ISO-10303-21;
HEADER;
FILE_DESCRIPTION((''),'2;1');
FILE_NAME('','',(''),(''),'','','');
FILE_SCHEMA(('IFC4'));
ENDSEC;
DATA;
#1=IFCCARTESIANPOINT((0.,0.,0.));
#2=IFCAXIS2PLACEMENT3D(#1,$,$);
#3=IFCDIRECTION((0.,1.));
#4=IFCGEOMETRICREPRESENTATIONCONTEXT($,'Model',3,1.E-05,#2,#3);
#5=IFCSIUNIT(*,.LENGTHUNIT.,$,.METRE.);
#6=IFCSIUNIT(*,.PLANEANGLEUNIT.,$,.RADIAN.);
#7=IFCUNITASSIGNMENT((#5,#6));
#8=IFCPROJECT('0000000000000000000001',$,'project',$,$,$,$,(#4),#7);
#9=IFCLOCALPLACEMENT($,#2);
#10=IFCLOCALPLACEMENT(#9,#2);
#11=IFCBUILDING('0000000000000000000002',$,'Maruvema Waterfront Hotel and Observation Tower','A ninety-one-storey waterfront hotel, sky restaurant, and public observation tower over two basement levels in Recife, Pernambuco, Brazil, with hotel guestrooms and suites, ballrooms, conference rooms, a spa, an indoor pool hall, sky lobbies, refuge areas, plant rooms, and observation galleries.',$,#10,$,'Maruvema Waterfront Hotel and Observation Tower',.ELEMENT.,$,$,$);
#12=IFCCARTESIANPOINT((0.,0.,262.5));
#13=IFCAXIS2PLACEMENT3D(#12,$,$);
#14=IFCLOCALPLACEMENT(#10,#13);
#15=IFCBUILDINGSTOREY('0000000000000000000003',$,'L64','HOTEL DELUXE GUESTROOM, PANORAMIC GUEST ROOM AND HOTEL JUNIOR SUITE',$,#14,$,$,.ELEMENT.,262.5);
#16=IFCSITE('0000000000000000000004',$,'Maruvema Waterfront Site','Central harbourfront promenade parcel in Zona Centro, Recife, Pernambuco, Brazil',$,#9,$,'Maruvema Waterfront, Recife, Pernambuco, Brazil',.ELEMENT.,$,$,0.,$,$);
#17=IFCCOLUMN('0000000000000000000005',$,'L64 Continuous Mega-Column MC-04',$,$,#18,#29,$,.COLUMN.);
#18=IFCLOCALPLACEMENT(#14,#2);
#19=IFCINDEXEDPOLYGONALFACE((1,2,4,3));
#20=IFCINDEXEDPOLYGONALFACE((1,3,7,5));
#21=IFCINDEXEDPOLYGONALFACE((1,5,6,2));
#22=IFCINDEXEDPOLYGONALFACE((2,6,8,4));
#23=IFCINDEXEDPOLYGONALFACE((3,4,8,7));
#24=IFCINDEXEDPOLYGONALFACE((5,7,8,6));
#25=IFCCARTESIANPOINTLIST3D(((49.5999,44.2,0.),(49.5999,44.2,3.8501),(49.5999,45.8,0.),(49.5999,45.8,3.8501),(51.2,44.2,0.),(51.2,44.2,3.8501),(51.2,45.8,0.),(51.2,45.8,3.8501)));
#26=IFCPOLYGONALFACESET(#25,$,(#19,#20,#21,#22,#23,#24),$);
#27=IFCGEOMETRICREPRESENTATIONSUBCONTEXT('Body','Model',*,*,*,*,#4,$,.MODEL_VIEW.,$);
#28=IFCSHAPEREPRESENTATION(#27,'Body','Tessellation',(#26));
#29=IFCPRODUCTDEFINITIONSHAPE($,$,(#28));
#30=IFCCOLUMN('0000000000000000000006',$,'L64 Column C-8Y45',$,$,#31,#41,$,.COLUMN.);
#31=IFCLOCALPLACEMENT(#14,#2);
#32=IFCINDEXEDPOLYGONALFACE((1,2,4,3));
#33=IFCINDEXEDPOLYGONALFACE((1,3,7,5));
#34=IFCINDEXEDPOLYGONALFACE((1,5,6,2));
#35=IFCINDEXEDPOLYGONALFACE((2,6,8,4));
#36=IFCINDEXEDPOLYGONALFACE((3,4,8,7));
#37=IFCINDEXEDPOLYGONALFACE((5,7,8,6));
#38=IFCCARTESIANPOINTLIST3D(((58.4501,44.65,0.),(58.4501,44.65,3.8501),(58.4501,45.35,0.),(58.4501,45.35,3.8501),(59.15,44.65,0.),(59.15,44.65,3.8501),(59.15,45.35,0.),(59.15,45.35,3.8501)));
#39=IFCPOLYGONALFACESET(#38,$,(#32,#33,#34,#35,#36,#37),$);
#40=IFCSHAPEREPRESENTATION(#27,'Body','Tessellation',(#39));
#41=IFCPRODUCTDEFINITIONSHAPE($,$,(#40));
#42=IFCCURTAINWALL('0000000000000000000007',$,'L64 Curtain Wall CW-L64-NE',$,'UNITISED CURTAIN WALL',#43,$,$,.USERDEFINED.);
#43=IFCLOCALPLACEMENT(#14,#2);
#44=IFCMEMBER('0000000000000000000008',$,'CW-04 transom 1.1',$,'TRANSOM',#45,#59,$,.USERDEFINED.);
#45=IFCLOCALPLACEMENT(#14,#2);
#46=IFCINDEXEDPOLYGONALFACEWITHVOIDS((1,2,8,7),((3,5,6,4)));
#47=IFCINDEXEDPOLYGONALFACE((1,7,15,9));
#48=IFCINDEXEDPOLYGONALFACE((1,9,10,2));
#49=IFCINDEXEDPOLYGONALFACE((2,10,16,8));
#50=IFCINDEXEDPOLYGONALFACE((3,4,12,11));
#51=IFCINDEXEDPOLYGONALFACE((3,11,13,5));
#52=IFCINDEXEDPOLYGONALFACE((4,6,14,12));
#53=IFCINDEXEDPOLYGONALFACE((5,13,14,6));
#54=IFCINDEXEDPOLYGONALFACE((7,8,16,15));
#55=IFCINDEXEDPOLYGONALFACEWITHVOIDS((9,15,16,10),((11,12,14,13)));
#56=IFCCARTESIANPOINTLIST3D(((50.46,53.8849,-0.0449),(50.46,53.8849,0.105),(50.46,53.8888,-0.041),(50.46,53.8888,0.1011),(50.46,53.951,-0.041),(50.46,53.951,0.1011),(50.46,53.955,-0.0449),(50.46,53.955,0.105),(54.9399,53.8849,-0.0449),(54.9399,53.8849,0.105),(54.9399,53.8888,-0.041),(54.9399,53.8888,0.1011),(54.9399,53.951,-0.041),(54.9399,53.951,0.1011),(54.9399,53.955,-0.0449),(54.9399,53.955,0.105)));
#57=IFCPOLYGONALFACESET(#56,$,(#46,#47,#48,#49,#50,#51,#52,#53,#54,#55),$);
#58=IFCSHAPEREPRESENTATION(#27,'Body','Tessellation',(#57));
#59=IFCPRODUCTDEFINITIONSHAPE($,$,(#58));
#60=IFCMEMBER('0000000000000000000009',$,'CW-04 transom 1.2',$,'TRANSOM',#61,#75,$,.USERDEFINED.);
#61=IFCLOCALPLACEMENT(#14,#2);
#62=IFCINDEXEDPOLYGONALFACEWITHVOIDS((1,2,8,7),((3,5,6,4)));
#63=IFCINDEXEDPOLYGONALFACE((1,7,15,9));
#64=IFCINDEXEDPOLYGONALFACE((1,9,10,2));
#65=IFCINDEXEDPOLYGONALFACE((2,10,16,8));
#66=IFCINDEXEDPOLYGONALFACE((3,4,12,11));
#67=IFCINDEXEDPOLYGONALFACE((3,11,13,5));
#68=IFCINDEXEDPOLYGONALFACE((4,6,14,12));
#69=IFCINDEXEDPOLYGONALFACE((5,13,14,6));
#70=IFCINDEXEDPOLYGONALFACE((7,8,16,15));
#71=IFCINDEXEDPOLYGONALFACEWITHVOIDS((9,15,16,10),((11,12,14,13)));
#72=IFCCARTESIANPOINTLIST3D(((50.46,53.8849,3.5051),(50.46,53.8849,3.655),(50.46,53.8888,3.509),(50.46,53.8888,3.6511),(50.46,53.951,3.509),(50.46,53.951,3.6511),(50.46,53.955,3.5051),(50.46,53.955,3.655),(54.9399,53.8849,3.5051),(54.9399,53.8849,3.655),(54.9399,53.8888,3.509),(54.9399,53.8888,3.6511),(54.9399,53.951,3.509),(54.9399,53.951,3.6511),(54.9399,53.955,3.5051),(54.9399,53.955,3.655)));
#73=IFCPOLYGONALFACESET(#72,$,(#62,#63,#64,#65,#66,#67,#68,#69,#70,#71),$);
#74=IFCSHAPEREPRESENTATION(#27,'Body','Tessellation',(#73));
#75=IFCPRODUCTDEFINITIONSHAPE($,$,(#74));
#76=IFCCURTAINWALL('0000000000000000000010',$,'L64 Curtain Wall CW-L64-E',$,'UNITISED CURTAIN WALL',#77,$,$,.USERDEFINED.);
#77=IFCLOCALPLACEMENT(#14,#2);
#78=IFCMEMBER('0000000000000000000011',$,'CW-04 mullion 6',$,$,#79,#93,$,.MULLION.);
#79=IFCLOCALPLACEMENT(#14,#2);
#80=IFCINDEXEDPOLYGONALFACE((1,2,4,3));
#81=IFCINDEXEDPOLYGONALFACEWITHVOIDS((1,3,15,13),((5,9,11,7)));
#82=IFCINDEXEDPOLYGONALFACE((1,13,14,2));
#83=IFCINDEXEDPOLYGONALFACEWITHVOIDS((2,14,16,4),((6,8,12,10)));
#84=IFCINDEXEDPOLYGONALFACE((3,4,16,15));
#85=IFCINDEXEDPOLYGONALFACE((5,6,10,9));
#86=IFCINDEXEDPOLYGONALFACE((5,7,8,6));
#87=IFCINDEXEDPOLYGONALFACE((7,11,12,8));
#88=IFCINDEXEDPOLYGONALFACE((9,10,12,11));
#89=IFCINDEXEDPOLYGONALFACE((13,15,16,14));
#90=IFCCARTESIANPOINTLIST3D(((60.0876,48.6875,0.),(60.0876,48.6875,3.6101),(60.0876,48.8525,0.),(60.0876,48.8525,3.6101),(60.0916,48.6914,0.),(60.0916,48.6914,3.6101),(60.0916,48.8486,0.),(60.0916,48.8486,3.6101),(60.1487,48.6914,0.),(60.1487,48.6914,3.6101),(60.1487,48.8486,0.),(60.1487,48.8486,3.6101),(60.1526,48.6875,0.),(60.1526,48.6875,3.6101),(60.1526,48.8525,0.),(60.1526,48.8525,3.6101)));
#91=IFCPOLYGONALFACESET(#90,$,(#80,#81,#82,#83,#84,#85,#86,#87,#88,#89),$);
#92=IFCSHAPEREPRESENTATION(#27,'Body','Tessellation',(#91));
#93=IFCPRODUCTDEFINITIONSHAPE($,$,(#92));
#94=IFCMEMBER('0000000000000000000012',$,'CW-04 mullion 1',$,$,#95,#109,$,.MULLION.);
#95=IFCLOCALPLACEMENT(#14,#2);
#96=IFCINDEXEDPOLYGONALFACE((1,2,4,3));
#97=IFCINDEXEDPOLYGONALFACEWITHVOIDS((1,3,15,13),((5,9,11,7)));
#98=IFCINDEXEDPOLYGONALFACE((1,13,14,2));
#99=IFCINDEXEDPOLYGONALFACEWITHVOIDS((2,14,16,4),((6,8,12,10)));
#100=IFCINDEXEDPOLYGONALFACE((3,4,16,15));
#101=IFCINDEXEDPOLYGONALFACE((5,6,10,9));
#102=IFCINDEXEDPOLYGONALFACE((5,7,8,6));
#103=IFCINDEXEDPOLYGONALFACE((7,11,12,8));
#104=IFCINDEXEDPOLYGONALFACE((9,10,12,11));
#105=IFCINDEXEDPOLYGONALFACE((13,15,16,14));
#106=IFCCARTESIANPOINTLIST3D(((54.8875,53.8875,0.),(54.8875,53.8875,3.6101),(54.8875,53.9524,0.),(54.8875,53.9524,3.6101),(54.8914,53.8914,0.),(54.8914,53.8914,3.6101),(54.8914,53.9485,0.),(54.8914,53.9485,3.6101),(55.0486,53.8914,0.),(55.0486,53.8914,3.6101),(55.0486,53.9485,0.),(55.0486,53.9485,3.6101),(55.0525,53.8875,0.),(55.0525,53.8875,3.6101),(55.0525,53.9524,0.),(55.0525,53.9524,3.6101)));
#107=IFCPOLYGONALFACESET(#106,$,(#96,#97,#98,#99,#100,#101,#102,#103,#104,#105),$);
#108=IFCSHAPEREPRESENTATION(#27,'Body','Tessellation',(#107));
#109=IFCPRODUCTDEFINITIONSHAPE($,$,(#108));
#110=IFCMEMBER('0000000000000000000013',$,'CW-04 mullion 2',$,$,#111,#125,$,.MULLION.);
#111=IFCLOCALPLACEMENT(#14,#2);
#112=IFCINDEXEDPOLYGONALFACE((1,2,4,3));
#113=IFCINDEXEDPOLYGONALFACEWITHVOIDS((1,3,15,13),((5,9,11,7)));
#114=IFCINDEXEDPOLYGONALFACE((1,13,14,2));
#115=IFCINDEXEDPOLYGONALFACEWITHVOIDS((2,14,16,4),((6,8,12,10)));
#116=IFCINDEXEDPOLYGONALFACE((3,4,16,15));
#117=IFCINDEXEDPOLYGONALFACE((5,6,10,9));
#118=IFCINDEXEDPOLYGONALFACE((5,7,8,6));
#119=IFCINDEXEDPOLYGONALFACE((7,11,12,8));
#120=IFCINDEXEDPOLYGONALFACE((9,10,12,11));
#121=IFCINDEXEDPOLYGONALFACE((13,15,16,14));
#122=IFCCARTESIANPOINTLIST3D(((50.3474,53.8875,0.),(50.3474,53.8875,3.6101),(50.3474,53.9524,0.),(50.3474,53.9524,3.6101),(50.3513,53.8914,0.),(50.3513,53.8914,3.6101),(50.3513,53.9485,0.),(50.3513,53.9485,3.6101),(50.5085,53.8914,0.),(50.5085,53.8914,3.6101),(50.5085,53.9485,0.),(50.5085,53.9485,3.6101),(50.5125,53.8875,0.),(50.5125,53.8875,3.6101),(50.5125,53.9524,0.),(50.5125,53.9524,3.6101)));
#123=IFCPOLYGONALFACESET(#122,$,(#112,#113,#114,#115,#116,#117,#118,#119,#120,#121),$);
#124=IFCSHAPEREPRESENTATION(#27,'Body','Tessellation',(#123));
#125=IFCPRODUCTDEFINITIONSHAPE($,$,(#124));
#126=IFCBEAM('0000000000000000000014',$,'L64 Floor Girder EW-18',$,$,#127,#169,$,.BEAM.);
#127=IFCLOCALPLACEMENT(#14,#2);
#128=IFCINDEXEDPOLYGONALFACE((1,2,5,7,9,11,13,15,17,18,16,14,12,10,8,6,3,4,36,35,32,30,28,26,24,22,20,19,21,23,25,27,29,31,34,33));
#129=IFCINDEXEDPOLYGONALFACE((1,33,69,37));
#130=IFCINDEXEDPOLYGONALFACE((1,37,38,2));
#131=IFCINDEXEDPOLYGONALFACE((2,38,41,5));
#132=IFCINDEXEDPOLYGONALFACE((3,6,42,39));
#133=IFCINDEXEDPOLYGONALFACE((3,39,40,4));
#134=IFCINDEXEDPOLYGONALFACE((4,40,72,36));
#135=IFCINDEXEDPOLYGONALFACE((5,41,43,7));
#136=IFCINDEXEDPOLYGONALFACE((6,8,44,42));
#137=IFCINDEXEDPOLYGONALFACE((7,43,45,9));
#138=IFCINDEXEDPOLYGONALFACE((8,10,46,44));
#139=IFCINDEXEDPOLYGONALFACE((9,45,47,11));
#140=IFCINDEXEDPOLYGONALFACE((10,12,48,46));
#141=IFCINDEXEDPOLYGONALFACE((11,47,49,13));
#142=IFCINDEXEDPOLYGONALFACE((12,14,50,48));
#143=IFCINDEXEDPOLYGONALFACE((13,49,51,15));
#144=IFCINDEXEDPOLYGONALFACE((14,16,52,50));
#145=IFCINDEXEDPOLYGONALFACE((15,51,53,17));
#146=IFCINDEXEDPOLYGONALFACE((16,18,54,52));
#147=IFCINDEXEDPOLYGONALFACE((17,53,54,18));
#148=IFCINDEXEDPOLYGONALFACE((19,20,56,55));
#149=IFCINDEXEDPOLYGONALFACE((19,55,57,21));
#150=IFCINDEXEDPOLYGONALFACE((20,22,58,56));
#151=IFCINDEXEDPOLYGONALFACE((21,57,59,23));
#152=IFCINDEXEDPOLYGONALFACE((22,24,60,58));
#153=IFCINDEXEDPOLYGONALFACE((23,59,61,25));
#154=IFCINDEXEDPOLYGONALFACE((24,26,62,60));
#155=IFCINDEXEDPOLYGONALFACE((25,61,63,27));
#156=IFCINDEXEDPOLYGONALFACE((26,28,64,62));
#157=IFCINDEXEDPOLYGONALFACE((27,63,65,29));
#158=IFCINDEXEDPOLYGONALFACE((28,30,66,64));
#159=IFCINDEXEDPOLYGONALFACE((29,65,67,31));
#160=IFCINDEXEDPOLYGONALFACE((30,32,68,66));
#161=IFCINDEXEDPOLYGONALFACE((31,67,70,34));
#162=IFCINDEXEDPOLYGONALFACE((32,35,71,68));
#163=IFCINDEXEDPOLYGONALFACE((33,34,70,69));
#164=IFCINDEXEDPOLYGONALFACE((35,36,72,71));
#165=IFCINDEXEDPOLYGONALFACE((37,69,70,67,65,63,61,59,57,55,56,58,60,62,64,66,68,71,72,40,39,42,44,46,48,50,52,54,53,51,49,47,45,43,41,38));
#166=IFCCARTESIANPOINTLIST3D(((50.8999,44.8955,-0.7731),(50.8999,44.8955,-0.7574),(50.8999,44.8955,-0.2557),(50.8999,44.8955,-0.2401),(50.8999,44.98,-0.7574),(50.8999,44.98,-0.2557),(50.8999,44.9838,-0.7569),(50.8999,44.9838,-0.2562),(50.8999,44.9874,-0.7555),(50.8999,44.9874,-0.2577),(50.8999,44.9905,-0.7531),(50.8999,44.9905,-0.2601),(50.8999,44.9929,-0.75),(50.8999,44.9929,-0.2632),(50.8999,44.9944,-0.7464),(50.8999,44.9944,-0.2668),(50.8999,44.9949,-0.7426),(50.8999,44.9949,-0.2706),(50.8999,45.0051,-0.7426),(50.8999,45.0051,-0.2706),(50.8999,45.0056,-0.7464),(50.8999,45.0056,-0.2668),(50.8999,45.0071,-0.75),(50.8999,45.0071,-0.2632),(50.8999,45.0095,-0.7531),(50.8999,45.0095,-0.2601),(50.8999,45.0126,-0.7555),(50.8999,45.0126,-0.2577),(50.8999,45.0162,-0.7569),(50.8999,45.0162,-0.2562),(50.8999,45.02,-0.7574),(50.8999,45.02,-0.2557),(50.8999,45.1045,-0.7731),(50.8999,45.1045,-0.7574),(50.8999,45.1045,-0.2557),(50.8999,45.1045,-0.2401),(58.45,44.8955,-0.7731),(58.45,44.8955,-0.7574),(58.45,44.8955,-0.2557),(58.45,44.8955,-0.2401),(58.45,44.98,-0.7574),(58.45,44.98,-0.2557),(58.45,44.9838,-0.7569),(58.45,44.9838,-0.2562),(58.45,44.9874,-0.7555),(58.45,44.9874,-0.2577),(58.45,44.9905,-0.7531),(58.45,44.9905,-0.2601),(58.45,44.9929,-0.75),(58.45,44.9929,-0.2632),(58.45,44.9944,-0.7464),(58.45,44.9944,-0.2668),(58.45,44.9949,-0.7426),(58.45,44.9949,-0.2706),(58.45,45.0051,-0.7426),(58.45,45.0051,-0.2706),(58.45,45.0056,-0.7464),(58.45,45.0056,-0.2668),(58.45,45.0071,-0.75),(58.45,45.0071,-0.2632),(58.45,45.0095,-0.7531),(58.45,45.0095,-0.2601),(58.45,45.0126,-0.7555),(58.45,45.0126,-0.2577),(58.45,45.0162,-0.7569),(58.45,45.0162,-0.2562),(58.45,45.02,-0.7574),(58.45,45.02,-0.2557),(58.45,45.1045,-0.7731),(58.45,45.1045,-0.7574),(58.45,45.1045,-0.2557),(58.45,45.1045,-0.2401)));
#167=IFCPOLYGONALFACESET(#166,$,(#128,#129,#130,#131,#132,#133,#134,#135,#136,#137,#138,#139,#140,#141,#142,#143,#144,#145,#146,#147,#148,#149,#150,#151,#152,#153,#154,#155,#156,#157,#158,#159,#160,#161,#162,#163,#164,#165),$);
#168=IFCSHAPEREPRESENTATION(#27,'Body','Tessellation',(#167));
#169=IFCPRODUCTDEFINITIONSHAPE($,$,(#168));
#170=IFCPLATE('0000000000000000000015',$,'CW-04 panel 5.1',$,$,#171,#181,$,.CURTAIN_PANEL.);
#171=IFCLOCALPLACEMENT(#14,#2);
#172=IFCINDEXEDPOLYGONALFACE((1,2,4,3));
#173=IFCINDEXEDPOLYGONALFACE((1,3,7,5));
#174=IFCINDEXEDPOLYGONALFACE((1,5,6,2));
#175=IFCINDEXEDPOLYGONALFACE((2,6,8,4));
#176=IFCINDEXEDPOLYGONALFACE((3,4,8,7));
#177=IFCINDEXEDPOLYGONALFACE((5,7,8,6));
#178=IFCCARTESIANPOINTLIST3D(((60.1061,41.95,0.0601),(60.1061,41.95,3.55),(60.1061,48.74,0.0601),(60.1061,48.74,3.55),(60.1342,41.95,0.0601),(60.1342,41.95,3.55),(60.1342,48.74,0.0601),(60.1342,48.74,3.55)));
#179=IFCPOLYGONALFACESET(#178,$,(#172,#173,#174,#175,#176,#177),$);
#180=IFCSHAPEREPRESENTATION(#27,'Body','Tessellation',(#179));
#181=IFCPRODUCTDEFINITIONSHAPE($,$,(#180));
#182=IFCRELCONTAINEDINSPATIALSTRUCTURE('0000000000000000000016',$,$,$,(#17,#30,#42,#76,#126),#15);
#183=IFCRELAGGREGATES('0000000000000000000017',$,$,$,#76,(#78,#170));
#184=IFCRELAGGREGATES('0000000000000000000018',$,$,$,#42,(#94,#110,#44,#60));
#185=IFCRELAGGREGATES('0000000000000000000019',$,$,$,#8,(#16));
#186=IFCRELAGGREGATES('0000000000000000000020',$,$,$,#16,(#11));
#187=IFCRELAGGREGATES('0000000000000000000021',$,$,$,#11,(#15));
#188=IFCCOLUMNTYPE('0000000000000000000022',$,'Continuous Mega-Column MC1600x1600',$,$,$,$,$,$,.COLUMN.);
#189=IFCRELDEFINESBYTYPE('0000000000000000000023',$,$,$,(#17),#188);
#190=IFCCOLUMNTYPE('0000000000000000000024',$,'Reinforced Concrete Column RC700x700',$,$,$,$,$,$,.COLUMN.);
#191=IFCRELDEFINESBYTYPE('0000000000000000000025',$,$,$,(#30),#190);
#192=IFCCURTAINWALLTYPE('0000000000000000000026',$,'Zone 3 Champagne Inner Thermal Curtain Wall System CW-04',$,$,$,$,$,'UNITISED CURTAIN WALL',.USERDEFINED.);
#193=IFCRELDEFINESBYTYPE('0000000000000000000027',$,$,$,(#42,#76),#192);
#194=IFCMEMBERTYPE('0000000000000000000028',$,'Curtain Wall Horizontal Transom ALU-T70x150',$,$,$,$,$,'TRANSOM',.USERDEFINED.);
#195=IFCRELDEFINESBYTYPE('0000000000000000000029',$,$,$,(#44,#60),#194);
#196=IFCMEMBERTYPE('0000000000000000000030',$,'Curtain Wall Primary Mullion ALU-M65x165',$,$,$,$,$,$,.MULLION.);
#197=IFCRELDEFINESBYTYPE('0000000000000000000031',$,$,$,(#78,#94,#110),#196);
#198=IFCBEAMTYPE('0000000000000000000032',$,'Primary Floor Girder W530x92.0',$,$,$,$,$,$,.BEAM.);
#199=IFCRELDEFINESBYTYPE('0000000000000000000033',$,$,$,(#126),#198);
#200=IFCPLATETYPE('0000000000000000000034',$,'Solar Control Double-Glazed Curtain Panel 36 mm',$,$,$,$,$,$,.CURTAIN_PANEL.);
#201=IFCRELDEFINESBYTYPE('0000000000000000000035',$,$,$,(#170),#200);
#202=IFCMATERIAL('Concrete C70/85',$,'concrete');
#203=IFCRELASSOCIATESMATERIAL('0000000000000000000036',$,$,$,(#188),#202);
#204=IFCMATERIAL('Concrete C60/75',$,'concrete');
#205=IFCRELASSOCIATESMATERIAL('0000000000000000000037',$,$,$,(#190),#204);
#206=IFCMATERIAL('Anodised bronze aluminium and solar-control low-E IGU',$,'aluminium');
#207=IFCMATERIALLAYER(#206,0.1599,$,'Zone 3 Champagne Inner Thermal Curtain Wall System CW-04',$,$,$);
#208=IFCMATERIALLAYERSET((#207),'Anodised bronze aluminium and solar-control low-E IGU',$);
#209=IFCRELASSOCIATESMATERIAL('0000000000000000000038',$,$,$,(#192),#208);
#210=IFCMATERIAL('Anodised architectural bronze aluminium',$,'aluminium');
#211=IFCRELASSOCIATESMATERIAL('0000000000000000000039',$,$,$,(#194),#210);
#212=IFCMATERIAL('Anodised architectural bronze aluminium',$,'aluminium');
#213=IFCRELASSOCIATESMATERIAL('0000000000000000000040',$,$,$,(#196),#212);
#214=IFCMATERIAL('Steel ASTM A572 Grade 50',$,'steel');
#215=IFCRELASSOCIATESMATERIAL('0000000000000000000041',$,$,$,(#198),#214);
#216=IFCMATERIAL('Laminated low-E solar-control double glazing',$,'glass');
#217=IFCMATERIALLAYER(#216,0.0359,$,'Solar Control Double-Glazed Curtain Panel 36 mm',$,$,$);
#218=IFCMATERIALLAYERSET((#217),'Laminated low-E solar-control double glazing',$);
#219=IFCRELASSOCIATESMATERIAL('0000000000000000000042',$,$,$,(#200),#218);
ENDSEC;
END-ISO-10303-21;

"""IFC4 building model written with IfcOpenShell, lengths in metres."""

from ifc_helpers import new_model, si_unit, direction, frame, origin, origin_2d, place, context, subcontext, project, spatial, rectangle, hollow_rectangle, i_section, extrude, material, layer, layer_set, material_profile, profile_set, type_object, element, aggregate, save


model = new_model("IFC4")

# Units and contexts
model_context = context("Model", 3, precision=1e-05, world=origin(), true_north=direction((0.0, 1.0)))
body_context = subcontext(model_context, "Body", "Model", "MODEL_VIEW")
ifc_project = project(units=[si_unit("LENGTHUNIT", "METRE"), si_unit("PLANEANGLEUNIT", "RADIAN")], contexts=[model_context])

# Site, building, storey
site_placement = place(None, origin())
site = spatial("IfcSite", under=ifc_project, at=site_placement, Name="Maruvema Waterfront Site", Description="Central harbourfront promenade parcel in Zona Centro, Recife, Pernambuco, Brazil", LongName="Maruvema Waterfront, Recife, Pernambuco, Brazil", CompositionType="ELEMENT", RefElevation=0.0)
building_placement = place(site_placement, origin())
building = spatial("IfcBuilding", under=site, at=building_placement, Name="Maruvema Waterfront Hotel and Observation Tower", Description="A ninety-one-storey waterfront hotel, sky restaurant, and public observation tower over two basement levels in Recife, Pernambuco, Brazil, with hotel guestrooms and suites, ballrooms, conference rooms, a spa, an indoor pool hall, sky lobbies, refuge areas, plant rooms, and observation galleries.", LongName="Maruvema Waterfront Hotel and Observation Tower", CompositionType="ELEMENT")
storey_placement = place(building_placement, frame((0.0, 0.0, 262.5)))
storey = spatial("IfcBuildingStorey", under=building, at=storey_placement, Name="L64", Description="HOTEL DELUXE GUESTROOM, PANORAMIC GUEST ROOM AND HOTEL JUNIOR SUITE", CompositionType="ELEMENT", Elevation=262.5)

# Columns
ifc_material_1 = material(Name="Concrete C70/85", Category="concrete")
ifc_material_profile_1 = material_profile(ifc_material_1, rectangle(XDim=1.6001, YDim=1.6001, at=origin_2d()), Name="MC1600x1600")
ifc_profile_set_1 = profile_set([ifc_material_profile_1], Name="Concrete C70/85")
column_type_1 = type_object("IfcColumnType", Name="Continuous Mega-Column MC1600x1600", PredefinedType="COLUMN", material=ifc_profile_set_1)
column_1_placement = place(storey_placement, frame((50.3999, 45.0, 0.0), z_axis=(0.0, 0.0, 1.0), x_axis=(1.0, 0.0, 0.0)))
element("IfcColumn", 1, at=column_1_placement, inside=storey, type_object=column_type_1, Name="L64 Continuous Mega-Column MC-04", PredefinedType="COLUMN", context=body_context, shape_type="SweptSolid", body=[
    extrude(rectangle(XDim=1.6001, YDim=1.6001, at=origin_2d()), origin(), (0.0, 0.0, 1.0), 3.8501),
])
ifc_material_2 = material(Name="Concrete C60/75", Category="concrete")
ifc_material_profile_2 = material_profile(ifc_material_2, rectangle(XDim=0.7, YDim=0.7, at=origin_2d()), Name="RC700x700")
ifc_profile_set_2 = profile_set([ifc_material_profile_2], Name="Concrete C60/75")
column_type_2 = type_object("IfcColumnType", Name="Reinforced Concrete Column RC700x700", PredefinedType="COLUMN", material=ifc_profile_set_2)
column_2_placement = place(storey_placement, frame((58.8, 45.0, 0.0), z_axis=(0.0, 0.0, 1.0), x_axis=(1.0, 0.0, 0.0)))
element("IfcColumn", 2, at=column_2_placement, inside=storey, type_object=column_type_2, Name="L64 Column C-8Y45", PredefinedType="COLUMN", context=body_context, shape_type="SweptSolid", body=[
    extrude(rectangle(XDim=0.7, YDim=0.7, at=origin_2d()), origin(), (0.0, 0.0, 1.0), 3.8501),
])

# Curtain wall, members
ifc_material_3 = material(Name="Anodised bronze aluminium and solar-control low-E IGU", Category="aluminium")
ifc_layer_1 = layer(ifc_material_3, 0.1599, Name="Zone 3 Champagne Inner Thermal Curtain Wall System CW-04")
ifc_layer_set_1 = layer_set([ifc_layer_1], Name="Anodised bronze aluminium and solar-control low-E IGU")
curtain_wall_type = type_object("IfcCurtainWallType", Name="Zone 3 Champagne Inner Thermal Curtain Wall System CW-04", ElementType="UNITISED CURTAIN WALL", PredefinedType="USERDEFINED", material=ifc_layer_set_1)
curtain_wall_1_placement = place(storey_placement, origin())
curtain_wall_1 = element("IfcCurtainWall", 3, at=curtain_wall_1_placement, inside=storey, type_object=curtain_wall_type, Name="L64 Curtain Wall CW-L64-NE", ObjectType="UNITISED CURTAIN WALL", PredefinedType="USERDEFINED")
ifc_material_4 = material(Name="Anodised architectural bronze aluminium", Category="aluminium")
ifc_material_profile_3 = material_profile(ifc_material_4, hollow_rectangle(XDim=0.0701, YDim=0.1499, WallThickness=0.0039, at=origin_2d()), Name="ALU-T70x150")
ifc_profile_set_3 = profile_set([ifc_material_profile_3], Name="Anodised architectural bronze aluminium")
member_type_1 = type_object("IfcMemberType", Name="Curtain Wall Horizontal Transom ALU-T70x150", ElementType="TRANSOM", PredefinedType="USERDEFINED", material=ifc_profile_set_3)
member_1_placement = place(storey_placement, frame((54.9399, 53.9199, 0.03), z_axis=(-1.0, 0.0, 0.0), x_axis=(0.0, -1.0, 0.0)))
member_1 = element("IfcMember", 4, at=member_1_placement, type_object=member_type_1, Name="CW-04 transom 1.1", ObjectType="TRANSOM", PredefinedType="USERDEFINED", context=body_context, shape_type="SweptSolid", body=[
    extrude(hollow_rectangle(XDim=0.0701, YDim=0.1499, WallThickness=0.0039, at=origin_2d()), origin(), (0.0, 0.0, 1.0), 4.48),
])
member_2_placement = place(storey_placement, frame((54.9399, 53.9199, 3.5801), z_axis=(-1.0, 0.0, 0.0), x_axis=(0.0, -1.0, 0.0)))
member_2 = element("IfcMember", 5, at=member_2_placement, type_object=member_type_1, Name="CW-04 transom 1.2", ObjectType="TRANSOM", PredefinedType="USERDEFINED", context=body_context, shape_type="SweptSolid", body=[
    extrude(hollow_rectangle(XDim=0.0701, YDim=0.1499, WallThickness=0.0039, at=origin_2d()), origin(), (0.0, 0.0, 1.0), 4.48),
])

# Curtain wall, member
curtain_wall_2_placement = place(storey_placement, origin())
curtain_wall_2 = element("IfcCurtainWall", 6, at=curtain_wall_2_placement, inside=storey, type_object=curtain_wall_type, Name="L64 Curtain Wall CW-L64-E", ObjectType="UNITISED CURTAIN WALL", PredefinedType="USERDEFINED")
ifc_material_5 = material(Name="Anodised architectural bronze aluminium", Category="aluminium")
ifc_material_profile_4 = material_profile(ifc_material_5, hollow_rectangle(XDim=0.0649, YDim=0.165, WallThickness=0.0039, at=origin_2d()), Name="ALU-M65x165")
ifc_profile_set_4 = profile_set([ifc_material_profile_4], Name="Anodised architectural bronze aluminium")
member_type_2 = type_object("IfcMemberType", Name="Curtain Wall Primary Mullion ALU-M65x165", PredefinedType="MULLION", material=ifc_profile_set_4)
member_3_placement = place(storey_placement, frame((60.1201, 48.77, 0.0), z_axis=(0.0, 0.0, 1.0), x_axis=(-1.0, 0.0, 0.0)))
member_3 = element("IfcMember", 7, at=member_3_placement, type_object=member_type_2, Name="CW-04 mullion 6", PredefinedType="MULLION", context=body_context, shape_type="SweptSolid", body=[
    extrude(hollow_rectangle(XDim=0.0649, YDim=0.165, WallThickness=0.0039, at=origin_2d()), origin(), (0.0, 0.0, 1.0), 3.6101),
])

# Members
member_4_placement = place(storey_placement, frame((54.97, 53.9199, 0.0), z_axis=(0.0, 0.0, 1.0), x_axis=(0.0, -1.0, 0.0)))
member_4 = element("IfcMember", 8, at=member_4_placement, type_object=member_type_2, Name="CW-04 mullion 1", PredefinedType="MULLION", context=body_context, shape_type="SweptSolid", body=[
    extrude(hollow_rectangle(XDim=0.0649, YDim=0.165, WallThickness=0.0039, at=origin_2d()), origin(), (0.0, 0.0, 1.0), 3.6101),
])
member_5_placement = place(storey_placement, frame((50.4299, 53.9199, 0.0), z_axis=(0.0, 0.0, 1.0), x_axis=(0.0, -1.0, 0.0)))
member_5 = element("IfcMember", 9, at=member_5_placement, type_object=member_type_2, Name="CW-04 mullion 2", PredefinedType="MULLION", context=body_context, shape_type="SweptSolid", body=[
    extrude(hollow_rectangle(XDim=0.0649, YDim=0.165, WallThickness=0.0039, at=origin_2d()), origin(), (0.0, 0.0, 1.0), 3.6101),
])

# Beam
ifc_material_6 = material(Name="Steel ASTM A572 Grade 50", Category="steel")
ifc_material_profile_5 = material_profile(ifc_material_6, i_section(OverallWidth=0.209, OverallDepth=0.533, WebThickness=0.0103, FlangeThickness=0.0156, FilletRadius=0.0149, at=origin_2d()), Name="W530x92.0")
ifc_profile_set_5 = profile_set([ifc_material_profile_5], Name="Steel ASTM A572 Grade 50")
beam_type = type_object("IfcBeamType", Name="Primary Floor Girder W530x92.0", PredefinedType="BEAM", material=ifc_profile_set_5)
beam_placement = place(storey_placement, frame((50.8999, 45.0, -0.5066), z_axis=(1.0, 0.0, 0.0), x_axis=(0.0, 1.0, 0.0)))
element("IfcBeam", 10, at=beam_placement, inside=storey, type_object=beam_type, Name="L64 Floor Girder EW-18", PredefinedType="BEAM", context=body_context, shape_type="SweptSolid", body=[
    extrude(i_section(OverallWidth=0.209, OverallDepth=0.533, WebThickness=0.0103, FlangeThickness=0.0156, FilletRadius=0.0149, at=origin_2d()), origin(), (0.0, 0.0, 1.0), 7.55),
])

# Plate
ifc_material_7 = material(Name="Laminated low-E solar-control double glazing", Category="glass")
ifc_layer_2 = layer(ifc_material_7, 0.0359, Name="Solar Control Double-Glazed Curtain Panel 36 mm")
ifc_layer_set_2 = layer_set([ifc_layer_2], Name="Laminated low-E solar-control double glazing")
plate_type = type_object("IfcPlateType", Name="Solar Control Double-Glazed Curtain Panel 36 mm", PredefinedType="CURTAIN_PANEL", material=ifc_layer_set_2)
plate_1_placement = place(storey_placement, frame((60.1201, 45.345, 0.0601), z_axis=(0.0, 0.0, 1.0), x_axis=(0.0, 1.0, 0.0)))
plate_1 = element("IfcPlate", 11, at=plate_1_placement, type_object=plate_type, Name="CW-04 panel 5.1", PredefinedType="CURTAIN_PANEL", context=body_context, shape_type="SweptSolid", body=[
    extrude(rectangle(XDim=6.79, YDim=0.0281, at=origin_2d()), origin(), (0.0, 0.0, 1.0), 3.49),
])
aggregate(curtain_wall_2, [member_3, plate_1])
aggregate(curtain_wall_1, [member_4, member_5, member_1, member_2])

save(model, "model.ifc")
